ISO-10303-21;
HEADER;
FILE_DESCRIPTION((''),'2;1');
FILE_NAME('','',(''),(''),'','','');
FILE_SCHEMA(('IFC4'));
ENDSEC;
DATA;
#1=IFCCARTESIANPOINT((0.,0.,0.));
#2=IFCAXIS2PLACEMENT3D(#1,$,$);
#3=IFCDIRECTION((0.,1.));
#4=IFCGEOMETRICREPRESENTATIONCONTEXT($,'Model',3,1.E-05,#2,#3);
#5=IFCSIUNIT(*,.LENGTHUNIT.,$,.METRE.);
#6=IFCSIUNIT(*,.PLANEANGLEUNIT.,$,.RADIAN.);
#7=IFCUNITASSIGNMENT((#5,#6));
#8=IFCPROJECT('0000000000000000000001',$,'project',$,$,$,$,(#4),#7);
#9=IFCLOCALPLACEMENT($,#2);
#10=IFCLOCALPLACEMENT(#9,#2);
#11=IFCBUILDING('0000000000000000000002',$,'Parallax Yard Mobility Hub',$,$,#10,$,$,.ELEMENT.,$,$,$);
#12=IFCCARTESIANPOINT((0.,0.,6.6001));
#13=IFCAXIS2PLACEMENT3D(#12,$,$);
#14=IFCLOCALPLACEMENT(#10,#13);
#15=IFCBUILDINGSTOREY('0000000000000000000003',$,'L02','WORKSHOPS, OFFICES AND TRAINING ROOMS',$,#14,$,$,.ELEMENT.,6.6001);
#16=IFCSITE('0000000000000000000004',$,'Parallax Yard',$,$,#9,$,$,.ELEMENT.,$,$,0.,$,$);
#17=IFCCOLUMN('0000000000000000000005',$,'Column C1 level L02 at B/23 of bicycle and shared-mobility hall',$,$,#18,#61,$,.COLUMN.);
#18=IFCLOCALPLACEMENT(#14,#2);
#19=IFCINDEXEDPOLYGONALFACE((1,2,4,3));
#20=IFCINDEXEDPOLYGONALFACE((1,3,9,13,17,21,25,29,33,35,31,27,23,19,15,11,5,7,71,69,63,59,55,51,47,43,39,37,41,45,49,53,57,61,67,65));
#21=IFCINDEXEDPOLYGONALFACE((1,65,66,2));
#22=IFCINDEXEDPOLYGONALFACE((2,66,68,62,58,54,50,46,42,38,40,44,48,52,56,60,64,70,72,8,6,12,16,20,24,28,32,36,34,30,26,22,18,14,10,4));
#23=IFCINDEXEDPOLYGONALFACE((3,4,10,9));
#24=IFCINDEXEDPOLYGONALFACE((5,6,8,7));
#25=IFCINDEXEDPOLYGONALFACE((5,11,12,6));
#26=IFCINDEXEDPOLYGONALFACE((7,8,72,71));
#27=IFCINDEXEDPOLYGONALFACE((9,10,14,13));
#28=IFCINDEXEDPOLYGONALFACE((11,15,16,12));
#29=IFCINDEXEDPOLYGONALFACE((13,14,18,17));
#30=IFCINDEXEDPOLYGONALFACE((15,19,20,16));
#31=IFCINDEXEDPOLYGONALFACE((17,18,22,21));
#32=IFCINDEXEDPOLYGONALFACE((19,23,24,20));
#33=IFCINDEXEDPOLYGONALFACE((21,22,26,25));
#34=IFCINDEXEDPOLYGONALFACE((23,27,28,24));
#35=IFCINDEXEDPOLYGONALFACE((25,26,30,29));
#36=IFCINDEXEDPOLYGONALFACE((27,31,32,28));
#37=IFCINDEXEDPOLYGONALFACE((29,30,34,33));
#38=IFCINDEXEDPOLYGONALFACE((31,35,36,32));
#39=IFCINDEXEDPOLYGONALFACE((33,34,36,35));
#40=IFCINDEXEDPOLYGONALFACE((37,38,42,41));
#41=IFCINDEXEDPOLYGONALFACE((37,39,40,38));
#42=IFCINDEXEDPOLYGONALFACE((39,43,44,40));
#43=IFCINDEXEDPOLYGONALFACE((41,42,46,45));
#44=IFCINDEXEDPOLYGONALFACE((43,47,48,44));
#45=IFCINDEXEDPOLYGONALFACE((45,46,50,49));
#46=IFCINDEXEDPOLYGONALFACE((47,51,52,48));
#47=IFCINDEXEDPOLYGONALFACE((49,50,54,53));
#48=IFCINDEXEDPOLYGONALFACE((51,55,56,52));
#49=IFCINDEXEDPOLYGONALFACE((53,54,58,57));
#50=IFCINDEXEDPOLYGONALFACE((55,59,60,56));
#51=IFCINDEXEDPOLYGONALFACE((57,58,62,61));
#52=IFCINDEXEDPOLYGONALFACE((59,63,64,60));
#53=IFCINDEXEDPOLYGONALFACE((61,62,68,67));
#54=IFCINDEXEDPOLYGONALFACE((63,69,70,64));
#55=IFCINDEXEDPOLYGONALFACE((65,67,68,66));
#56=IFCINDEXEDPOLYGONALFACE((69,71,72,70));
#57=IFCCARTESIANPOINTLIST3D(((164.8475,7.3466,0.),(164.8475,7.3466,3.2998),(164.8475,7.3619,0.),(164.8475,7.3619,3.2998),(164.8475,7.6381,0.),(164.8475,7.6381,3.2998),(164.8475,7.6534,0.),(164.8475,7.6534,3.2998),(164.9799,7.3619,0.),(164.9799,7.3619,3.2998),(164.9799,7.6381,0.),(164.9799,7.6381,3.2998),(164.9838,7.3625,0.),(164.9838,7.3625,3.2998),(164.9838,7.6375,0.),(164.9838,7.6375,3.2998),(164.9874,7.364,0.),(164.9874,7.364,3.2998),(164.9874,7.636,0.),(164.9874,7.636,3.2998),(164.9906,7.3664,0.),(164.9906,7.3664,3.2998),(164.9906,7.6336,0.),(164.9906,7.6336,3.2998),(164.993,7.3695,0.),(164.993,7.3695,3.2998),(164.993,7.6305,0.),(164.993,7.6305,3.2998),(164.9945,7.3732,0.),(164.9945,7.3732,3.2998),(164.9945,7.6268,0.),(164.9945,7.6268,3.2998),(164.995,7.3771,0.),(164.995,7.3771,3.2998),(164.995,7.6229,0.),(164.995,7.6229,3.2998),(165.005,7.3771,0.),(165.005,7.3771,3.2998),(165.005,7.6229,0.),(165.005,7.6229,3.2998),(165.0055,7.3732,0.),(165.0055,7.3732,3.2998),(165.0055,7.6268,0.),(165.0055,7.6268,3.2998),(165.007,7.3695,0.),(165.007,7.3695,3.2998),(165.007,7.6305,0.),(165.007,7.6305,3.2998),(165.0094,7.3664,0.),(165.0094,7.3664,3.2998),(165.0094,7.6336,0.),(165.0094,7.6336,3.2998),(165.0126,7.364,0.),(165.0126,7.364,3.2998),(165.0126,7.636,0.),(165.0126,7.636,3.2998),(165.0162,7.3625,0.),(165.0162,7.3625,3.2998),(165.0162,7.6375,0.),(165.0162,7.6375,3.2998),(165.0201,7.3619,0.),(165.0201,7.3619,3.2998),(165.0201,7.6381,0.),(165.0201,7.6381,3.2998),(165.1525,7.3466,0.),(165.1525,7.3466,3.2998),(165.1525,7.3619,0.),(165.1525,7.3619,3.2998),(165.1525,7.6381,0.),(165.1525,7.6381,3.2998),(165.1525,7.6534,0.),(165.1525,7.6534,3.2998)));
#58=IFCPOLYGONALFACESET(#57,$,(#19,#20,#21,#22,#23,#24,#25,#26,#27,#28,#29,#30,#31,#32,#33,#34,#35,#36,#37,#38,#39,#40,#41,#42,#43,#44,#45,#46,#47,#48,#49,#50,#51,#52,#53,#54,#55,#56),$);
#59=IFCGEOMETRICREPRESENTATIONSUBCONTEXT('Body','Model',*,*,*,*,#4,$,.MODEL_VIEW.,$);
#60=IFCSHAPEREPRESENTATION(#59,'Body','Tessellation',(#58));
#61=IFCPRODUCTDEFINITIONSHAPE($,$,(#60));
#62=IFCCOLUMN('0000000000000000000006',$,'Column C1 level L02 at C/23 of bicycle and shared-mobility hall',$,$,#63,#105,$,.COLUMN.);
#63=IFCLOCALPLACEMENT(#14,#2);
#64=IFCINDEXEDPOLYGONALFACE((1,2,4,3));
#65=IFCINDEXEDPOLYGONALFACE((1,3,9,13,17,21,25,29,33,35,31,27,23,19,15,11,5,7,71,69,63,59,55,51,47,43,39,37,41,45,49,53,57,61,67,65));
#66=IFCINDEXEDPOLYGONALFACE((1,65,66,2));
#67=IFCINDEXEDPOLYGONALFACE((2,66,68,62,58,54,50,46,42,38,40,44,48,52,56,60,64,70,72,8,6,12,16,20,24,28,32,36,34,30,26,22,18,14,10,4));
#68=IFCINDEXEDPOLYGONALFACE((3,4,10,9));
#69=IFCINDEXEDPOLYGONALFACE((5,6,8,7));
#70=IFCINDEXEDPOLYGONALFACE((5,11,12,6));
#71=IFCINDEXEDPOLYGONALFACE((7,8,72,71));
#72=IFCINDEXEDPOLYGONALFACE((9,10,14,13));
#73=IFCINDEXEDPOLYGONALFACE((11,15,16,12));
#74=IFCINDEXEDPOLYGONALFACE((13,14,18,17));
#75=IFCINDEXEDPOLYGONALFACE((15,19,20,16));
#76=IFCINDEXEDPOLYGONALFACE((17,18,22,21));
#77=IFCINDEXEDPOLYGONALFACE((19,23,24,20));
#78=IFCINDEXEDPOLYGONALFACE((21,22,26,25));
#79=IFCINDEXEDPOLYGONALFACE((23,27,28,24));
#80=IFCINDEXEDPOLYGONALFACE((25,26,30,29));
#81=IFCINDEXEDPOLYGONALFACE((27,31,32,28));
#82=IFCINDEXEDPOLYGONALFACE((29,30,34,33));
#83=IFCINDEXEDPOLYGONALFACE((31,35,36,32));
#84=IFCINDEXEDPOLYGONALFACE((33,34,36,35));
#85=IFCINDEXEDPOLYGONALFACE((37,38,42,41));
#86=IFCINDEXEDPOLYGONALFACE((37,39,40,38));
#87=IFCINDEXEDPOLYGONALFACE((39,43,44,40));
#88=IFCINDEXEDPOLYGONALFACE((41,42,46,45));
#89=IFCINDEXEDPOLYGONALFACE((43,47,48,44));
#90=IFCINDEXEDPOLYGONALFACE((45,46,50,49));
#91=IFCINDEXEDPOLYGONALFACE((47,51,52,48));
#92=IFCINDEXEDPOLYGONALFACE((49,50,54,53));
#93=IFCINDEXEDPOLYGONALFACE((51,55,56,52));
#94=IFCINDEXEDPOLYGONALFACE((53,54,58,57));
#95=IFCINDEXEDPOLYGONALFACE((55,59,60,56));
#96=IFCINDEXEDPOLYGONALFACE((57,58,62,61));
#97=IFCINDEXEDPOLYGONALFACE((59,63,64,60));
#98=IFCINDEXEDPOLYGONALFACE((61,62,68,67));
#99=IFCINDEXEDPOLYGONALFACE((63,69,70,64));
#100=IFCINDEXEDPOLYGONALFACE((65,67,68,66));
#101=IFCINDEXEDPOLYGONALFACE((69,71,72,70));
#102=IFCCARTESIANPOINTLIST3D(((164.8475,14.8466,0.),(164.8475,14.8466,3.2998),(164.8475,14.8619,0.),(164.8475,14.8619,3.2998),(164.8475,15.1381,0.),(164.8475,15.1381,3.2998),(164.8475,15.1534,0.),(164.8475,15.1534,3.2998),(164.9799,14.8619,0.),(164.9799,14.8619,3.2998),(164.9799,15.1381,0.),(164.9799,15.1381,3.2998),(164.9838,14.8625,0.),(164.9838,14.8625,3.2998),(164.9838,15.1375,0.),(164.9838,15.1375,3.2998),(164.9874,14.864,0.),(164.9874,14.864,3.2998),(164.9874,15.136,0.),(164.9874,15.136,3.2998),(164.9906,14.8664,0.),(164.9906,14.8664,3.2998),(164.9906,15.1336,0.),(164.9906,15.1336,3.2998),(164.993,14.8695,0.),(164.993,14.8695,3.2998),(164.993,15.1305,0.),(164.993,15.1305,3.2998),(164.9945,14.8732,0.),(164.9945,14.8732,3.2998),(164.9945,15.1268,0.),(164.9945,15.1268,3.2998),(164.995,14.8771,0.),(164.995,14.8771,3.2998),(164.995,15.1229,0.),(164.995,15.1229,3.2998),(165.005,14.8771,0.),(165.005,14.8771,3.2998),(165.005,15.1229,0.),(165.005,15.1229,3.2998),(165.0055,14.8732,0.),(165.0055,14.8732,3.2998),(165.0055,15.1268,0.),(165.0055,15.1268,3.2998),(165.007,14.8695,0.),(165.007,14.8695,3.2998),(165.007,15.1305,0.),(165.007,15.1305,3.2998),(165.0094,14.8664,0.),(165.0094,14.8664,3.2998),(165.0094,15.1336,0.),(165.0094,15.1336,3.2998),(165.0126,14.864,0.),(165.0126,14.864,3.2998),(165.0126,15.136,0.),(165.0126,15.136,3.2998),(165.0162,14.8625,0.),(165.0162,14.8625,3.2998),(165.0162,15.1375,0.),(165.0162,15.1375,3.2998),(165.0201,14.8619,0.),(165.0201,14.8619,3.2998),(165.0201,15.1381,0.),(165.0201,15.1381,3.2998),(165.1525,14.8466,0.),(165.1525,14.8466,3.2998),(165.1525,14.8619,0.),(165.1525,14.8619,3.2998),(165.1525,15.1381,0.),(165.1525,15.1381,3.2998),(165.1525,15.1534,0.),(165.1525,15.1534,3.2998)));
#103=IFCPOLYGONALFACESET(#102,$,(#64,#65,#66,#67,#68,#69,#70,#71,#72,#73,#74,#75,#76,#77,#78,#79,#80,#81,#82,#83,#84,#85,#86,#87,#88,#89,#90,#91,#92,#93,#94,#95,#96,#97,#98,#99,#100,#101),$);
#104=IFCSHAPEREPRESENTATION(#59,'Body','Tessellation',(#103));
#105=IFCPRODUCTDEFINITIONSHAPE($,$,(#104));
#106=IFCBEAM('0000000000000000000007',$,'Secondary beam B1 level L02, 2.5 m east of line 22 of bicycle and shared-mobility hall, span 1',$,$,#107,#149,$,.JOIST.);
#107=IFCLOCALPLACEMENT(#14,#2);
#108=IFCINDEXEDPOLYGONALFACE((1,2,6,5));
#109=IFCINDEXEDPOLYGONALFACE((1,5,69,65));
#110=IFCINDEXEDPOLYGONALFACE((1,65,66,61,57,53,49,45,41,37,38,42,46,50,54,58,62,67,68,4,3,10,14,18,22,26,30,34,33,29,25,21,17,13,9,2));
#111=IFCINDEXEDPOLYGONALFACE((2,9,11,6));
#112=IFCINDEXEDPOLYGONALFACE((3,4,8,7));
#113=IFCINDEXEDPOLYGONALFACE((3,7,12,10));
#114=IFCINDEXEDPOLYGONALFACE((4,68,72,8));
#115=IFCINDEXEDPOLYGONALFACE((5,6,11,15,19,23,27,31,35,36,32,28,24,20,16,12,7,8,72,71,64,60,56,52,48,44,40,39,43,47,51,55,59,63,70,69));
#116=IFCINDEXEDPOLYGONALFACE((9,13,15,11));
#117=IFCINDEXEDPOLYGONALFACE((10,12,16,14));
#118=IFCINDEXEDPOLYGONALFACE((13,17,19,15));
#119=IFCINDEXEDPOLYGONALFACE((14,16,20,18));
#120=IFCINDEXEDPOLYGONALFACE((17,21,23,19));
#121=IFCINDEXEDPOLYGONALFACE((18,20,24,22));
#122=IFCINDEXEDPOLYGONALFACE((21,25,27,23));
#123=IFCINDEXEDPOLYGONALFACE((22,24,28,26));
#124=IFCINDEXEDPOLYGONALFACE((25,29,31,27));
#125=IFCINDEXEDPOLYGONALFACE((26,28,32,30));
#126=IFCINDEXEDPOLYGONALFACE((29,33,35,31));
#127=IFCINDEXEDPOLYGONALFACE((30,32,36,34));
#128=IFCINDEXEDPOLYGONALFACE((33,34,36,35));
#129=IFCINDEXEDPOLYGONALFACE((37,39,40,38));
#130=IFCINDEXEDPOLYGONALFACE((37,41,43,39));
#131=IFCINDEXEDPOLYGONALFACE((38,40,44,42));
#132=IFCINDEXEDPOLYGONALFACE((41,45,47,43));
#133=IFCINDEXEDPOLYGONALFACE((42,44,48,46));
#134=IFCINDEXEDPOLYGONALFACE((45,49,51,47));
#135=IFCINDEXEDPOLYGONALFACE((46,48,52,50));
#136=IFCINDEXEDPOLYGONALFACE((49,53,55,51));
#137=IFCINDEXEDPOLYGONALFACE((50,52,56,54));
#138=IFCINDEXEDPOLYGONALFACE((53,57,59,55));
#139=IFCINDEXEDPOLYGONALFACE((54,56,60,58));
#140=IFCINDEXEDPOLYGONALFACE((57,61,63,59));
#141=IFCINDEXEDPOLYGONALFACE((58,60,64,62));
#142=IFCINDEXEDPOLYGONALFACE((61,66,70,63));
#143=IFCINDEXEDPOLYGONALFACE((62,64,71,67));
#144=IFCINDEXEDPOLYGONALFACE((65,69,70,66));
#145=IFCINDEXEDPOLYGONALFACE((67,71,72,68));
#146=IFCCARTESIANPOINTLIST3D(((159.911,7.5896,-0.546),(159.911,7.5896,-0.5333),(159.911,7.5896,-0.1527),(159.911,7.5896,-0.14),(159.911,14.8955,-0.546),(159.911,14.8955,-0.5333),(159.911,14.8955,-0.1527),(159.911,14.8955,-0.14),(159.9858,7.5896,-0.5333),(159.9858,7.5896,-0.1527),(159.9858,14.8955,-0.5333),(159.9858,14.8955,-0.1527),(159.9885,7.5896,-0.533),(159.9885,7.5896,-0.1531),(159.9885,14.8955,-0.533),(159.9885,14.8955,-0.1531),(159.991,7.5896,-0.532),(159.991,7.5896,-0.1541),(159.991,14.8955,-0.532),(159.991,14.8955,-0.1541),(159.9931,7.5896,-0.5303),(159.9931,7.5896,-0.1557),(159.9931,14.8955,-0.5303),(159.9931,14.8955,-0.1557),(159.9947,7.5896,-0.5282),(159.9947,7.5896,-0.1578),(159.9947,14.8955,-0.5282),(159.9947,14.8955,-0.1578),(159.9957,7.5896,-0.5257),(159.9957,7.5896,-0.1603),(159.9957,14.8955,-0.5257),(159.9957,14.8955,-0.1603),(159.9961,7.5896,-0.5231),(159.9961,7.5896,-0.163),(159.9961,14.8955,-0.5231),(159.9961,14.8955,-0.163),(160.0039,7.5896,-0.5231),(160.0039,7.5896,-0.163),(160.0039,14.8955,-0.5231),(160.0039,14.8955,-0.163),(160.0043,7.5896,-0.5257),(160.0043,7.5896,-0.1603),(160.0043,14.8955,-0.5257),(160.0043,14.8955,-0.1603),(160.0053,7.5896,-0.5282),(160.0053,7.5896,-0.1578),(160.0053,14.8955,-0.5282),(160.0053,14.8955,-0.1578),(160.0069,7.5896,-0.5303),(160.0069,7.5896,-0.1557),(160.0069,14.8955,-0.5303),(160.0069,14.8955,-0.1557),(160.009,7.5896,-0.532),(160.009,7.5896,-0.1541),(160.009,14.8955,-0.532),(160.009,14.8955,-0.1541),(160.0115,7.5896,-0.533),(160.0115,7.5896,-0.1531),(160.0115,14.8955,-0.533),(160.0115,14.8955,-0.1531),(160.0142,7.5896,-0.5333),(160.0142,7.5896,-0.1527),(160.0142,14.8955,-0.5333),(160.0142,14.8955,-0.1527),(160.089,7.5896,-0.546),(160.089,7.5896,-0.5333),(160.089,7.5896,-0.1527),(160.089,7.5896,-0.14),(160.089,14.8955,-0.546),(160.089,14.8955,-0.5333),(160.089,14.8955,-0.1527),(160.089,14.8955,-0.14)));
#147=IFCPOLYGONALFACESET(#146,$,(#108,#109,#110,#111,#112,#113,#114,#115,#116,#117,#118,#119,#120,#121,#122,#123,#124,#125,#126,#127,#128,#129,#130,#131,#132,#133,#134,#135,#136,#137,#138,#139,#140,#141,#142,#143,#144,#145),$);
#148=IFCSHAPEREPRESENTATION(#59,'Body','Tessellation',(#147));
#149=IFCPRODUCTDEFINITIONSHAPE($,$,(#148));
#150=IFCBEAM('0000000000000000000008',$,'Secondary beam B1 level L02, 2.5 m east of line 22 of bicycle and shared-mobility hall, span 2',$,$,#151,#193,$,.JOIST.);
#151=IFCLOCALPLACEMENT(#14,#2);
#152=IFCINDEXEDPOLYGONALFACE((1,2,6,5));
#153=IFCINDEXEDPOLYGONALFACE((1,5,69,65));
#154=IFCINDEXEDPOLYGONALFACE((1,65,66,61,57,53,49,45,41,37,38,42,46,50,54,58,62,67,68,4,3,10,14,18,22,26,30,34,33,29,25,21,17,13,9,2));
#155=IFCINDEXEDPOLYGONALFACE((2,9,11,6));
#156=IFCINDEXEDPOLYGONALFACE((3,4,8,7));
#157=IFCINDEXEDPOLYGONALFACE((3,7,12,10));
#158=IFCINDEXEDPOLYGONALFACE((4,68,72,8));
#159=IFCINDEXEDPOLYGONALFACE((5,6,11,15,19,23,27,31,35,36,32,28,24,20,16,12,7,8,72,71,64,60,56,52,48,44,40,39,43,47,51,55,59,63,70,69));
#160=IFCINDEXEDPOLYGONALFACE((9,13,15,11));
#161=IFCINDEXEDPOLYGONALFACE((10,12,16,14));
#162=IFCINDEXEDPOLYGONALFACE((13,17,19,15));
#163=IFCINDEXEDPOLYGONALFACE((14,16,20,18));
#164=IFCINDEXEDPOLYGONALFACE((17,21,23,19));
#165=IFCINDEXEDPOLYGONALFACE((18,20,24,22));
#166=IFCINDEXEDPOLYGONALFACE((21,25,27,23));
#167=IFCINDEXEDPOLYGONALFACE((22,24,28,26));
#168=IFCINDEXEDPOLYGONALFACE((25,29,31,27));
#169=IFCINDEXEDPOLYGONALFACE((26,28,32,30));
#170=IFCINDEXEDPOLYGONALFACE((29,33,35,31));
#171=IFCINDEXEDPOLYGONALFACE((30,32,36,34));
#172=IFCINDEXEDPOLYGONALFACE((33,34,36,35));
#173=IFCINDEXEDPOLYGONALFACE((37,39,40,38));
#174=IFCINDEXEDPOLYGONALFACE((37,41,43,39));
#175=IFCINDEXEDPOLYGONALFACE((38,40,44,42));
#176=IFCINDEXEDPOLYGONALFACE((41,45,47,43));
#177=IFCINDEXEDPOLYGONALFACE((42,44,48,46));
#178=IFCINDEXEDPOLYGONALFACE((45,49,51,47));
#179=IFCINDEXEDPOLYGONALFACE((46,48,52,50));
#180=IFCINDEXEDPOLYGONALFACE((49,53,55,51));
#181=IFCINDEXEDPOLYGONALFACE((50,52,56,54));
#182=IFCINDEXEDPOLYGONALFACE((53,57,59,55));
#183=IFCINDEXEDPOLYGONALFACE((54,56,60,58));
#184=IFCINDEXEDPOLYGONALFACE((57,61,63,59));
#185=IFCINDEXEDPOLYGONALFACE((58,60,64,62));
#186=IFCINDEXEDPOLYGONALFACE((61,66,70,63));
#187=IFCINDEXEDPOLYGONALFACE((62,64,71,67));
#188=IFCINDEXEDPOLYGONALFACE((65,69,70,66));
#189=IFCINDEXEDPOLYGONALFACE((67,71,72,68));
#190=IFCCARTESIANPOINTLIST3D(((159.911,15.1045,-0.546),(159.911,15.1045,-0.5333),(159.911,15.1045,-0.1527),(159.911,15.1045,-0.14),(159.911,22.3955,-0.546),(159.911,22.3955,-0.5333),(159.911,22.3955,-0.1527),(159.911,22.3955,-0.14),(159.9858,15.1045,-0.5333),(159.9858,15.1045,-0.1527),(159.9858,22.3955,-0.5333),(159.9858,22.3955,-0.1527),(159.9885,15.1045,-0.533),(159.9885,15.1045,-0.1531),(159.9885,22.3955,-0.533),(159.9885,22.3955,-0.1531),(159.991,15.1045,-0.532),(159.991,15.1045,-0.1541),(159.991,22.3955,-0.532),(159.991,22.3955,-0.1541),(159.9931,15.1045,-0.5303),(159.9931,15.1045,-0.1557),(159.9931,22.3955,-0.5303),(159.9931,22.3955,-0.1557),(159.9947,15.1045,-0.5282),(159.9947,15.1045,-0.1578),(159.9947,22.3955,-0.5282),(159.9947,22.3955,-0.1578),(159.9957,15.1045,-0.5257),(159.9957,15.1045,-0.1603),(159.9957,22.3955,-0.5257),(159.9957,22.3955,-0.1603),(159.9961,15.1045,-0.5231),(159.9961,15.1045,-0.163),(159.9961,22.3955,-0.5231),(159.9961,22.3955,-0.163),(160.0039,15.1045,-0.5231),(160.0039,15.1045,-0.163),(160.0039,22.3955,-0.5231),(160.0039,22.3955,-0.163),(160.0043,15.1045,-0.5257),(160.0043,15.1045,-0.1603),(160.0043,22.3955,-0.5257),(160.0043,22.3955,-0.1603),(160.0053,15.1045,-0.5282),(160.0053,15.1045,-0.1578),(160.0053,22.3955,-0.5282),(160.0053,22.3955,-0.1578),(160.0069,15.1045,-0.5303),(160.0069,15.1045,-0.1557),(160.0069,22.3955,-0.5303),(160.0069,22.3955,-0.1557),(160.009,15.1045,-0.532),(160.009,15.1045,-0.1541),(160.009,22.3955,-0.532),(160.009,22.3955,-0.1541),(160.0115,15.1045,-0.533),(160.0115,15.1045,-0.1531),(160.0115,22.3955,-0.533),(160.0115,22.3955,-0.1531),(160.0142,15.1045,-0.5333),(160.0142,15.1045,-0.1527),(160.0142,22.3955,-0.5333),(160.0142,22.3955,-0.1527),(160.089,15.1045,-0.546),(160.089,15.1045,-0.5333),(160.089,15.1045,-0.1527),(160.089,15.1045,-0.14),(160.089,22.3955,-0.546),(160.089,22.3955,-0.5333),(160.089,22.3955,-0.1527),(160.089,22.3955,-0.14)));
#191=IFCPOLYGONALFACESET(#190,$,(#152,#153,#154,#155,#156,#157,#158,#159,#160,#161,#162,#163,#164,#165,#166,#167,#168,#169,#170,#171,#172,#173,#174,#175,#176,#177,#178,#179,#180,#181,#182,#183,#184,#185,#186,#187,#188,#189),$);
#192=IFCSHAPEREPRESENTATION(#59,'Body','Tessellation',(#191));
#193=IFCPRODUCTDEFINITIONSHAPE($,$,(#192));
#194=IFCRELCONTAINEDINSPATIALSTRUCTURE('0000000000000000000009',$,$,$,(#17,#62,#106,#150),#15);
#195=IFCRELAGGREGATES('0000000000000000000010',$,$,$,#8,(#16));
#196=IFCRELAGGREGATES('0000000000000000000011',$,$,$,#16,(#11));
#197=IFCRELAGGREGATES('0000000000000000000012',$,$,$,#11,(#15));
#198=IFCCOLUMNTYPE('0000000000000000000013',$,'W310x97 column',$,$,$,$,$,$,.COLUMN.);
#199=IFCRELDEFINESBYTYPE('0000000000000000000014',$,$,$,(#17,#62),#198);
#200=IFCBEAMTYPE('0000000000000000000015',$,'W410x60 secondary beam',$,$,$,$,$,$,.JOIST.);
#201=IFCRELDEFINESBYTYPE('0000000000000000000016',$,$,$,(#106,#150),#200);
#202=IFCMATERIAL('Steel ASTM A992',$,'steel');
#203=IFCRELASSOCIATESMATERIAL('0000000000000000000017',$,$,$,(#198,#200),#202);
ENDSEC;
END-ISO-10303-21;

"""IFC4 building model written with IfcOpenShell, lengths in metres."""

from ifc_helpers import new_model, si_unit, direction, frame, origin, origin_2d, place, context, subcontext, project, spatial, i_section, extrude, material, material_profile, profile_set, type_object, element, save


model = new_model("IFC4")

# Units and contexts
model_context = context("Model", 3, precision=1e-05, world=origin(), true_north=direction((0.0, 1.0)))
body_context = subcontext(model_context, "Body", "Model", "MODEL_VIEW")
ifc_project = project(units=[si_unit("LENGTHUNIT", "METRE"), si_unit("PLANEANGLEUNIT", "RADIAN")], contexts=[model_context])

# Site, building, storey
site_placement = place(None, origin())
site = spatial("IfcSite", under=ifc_project, at=site_placement, Name="Parallax Yard", CompositionType="ELEMENT", RefElevation=0.0)
building_placement = place(site_placement, origin())
building = spatial("IfcBuilding", under=site, at=building_placement, Name="Parallax Yard Mobility Hub", CompositionType="ELEMENT")
storey_placement = place(building_placement, frame((0.0, 0.0, 6.6001)))
storey = spatial("IfcBuildingStorey", under=building, at=storey_placement, Name="L02", Description="WORKSHOPS, OFFICES AND TRAINING ROOMS", CompositionType="ELEMENT", Elevation=6.6001)

# Columns
ifc_material_1 = material(Name="Steel ASTM A992", Category="steel")
ifc_material_profile_1 = material_profile(ifc_material_1, i_section(OverallWidth=0.3049, OverallDepth=0.3069, WebThickness=0.01, FlangeThickness=0.0154, FilletRadius=0.0151, at=origin_2d()), Name="W310x97")
ifc_profile_set_1 = profile_set([ifc_material_profile_1], Name="Steel ASTM A992")
column_type = type_object("IfcColumnType", Name="W310x97 column", PredefinedType="COLUMN", material=ifc_profile_set_1)
for number, where, z_axis, x_axis, name in (
    (1, (165.0, 7.5, 0.0), (0.0, 0.0, 1.0), (1.0, 0.0, 0.0), "Column C1 level L02 at B/23 of bicycle and shared-mobility hall"),
    (2, (165.0, 15.0, 0.0), (0.0, 0.0, 1.0), (1.0, 0.0, 0.0), "Column C1 level L02 at C/23 of bicycle and shared-mobility hall"),
):
    element("IfcColumn", number, at=place(storey_placement, frame(where, z_axis=z_axis, x_axis=x_axis)), inside=storey, type_object=column_type, Name=name, PredefinedType="COLUMN", context=body_context, shape_type="SweptSolid", body=[
        extrude(i_section(OverallWidth=0.3049, OverallDepth=0.3069, WebThickness=0.01, FlangeThickness=0.0154, FilletRadius=0.0151, at=origin_2d()), origin(), (0.0, 0.0, 1.0), 3.2998),
    ])

# Beams
ifc_material_profile_2 = material_profile(ifc_material_1, i_section(OverallWidth=0.178, OverallDepth=0.406, WebThickness=0.0078, FlangeThickness=0.0127, FilletRadius=0.0103, at=origin_2d()), Name="W410x60")
ifc_profile_set_2 = profile_set([ifc_material_profile_2], Name="Steel ASTM A992")
beam_type_1 = type_object("IfcBeamType", Name="W410x60 secondary beam", PredefinedType="JOIST", material=ifc_profile_set_2)
beam_1_placement = place(storey_placement, frame((160.0, 7.5896, -0.343), z_axis=(0.0, 1.0, 0.0), x_axis=(-1.0, 0.0, 0.0)))
element("IfcBeam", 3, at=beam_1_placement, inside=storey, type_object=beam_type_1, Name="Secondary beam B1 level L02, 2.5 m east of line 22 of bicycle and shared-mobility hall, span 1", PredefinedType="JOIST", context=body_context, shape_type="SweptSolid", body=[
    extrude(i_section(OverallWidth=0.178, OverallDepth=0.406, WebThickness=0.0078, FlangeThickness=0.0127, FilletRadius=0.0103, at=origin_2d()), origin(), (0.0, 0.0, 1.0), 7.3059),
])
beam_2_placement = place(storey_placement, frame((160.0, 15.1045, -0.343), z_axis=(0.0, 1.0, 0.0), x_axis=(-1.0, 0.0, 0.0)))
element("IfcBeam", 4, at=beam_2_placement, inside=storey, type_object=beam_type_1, Name="Secondary beam B1 level L02, 2.5 m east of line 22 of bicycle and shared-mobility hall, span 2", PredefinedType="JOIST", context=body_context, shape_type="SweptSolid", body=[
    extrude(i_section(OverallWidth=0.178, OverallDepth=0.406, WebThickness=0.0078, FlangeThickness=0.0127, FilletRadius=0.0103, at=origin_2d()), origin(), (0.0, 0.0, 1.0), 7.291),
])

save(model, "model.ifc")
